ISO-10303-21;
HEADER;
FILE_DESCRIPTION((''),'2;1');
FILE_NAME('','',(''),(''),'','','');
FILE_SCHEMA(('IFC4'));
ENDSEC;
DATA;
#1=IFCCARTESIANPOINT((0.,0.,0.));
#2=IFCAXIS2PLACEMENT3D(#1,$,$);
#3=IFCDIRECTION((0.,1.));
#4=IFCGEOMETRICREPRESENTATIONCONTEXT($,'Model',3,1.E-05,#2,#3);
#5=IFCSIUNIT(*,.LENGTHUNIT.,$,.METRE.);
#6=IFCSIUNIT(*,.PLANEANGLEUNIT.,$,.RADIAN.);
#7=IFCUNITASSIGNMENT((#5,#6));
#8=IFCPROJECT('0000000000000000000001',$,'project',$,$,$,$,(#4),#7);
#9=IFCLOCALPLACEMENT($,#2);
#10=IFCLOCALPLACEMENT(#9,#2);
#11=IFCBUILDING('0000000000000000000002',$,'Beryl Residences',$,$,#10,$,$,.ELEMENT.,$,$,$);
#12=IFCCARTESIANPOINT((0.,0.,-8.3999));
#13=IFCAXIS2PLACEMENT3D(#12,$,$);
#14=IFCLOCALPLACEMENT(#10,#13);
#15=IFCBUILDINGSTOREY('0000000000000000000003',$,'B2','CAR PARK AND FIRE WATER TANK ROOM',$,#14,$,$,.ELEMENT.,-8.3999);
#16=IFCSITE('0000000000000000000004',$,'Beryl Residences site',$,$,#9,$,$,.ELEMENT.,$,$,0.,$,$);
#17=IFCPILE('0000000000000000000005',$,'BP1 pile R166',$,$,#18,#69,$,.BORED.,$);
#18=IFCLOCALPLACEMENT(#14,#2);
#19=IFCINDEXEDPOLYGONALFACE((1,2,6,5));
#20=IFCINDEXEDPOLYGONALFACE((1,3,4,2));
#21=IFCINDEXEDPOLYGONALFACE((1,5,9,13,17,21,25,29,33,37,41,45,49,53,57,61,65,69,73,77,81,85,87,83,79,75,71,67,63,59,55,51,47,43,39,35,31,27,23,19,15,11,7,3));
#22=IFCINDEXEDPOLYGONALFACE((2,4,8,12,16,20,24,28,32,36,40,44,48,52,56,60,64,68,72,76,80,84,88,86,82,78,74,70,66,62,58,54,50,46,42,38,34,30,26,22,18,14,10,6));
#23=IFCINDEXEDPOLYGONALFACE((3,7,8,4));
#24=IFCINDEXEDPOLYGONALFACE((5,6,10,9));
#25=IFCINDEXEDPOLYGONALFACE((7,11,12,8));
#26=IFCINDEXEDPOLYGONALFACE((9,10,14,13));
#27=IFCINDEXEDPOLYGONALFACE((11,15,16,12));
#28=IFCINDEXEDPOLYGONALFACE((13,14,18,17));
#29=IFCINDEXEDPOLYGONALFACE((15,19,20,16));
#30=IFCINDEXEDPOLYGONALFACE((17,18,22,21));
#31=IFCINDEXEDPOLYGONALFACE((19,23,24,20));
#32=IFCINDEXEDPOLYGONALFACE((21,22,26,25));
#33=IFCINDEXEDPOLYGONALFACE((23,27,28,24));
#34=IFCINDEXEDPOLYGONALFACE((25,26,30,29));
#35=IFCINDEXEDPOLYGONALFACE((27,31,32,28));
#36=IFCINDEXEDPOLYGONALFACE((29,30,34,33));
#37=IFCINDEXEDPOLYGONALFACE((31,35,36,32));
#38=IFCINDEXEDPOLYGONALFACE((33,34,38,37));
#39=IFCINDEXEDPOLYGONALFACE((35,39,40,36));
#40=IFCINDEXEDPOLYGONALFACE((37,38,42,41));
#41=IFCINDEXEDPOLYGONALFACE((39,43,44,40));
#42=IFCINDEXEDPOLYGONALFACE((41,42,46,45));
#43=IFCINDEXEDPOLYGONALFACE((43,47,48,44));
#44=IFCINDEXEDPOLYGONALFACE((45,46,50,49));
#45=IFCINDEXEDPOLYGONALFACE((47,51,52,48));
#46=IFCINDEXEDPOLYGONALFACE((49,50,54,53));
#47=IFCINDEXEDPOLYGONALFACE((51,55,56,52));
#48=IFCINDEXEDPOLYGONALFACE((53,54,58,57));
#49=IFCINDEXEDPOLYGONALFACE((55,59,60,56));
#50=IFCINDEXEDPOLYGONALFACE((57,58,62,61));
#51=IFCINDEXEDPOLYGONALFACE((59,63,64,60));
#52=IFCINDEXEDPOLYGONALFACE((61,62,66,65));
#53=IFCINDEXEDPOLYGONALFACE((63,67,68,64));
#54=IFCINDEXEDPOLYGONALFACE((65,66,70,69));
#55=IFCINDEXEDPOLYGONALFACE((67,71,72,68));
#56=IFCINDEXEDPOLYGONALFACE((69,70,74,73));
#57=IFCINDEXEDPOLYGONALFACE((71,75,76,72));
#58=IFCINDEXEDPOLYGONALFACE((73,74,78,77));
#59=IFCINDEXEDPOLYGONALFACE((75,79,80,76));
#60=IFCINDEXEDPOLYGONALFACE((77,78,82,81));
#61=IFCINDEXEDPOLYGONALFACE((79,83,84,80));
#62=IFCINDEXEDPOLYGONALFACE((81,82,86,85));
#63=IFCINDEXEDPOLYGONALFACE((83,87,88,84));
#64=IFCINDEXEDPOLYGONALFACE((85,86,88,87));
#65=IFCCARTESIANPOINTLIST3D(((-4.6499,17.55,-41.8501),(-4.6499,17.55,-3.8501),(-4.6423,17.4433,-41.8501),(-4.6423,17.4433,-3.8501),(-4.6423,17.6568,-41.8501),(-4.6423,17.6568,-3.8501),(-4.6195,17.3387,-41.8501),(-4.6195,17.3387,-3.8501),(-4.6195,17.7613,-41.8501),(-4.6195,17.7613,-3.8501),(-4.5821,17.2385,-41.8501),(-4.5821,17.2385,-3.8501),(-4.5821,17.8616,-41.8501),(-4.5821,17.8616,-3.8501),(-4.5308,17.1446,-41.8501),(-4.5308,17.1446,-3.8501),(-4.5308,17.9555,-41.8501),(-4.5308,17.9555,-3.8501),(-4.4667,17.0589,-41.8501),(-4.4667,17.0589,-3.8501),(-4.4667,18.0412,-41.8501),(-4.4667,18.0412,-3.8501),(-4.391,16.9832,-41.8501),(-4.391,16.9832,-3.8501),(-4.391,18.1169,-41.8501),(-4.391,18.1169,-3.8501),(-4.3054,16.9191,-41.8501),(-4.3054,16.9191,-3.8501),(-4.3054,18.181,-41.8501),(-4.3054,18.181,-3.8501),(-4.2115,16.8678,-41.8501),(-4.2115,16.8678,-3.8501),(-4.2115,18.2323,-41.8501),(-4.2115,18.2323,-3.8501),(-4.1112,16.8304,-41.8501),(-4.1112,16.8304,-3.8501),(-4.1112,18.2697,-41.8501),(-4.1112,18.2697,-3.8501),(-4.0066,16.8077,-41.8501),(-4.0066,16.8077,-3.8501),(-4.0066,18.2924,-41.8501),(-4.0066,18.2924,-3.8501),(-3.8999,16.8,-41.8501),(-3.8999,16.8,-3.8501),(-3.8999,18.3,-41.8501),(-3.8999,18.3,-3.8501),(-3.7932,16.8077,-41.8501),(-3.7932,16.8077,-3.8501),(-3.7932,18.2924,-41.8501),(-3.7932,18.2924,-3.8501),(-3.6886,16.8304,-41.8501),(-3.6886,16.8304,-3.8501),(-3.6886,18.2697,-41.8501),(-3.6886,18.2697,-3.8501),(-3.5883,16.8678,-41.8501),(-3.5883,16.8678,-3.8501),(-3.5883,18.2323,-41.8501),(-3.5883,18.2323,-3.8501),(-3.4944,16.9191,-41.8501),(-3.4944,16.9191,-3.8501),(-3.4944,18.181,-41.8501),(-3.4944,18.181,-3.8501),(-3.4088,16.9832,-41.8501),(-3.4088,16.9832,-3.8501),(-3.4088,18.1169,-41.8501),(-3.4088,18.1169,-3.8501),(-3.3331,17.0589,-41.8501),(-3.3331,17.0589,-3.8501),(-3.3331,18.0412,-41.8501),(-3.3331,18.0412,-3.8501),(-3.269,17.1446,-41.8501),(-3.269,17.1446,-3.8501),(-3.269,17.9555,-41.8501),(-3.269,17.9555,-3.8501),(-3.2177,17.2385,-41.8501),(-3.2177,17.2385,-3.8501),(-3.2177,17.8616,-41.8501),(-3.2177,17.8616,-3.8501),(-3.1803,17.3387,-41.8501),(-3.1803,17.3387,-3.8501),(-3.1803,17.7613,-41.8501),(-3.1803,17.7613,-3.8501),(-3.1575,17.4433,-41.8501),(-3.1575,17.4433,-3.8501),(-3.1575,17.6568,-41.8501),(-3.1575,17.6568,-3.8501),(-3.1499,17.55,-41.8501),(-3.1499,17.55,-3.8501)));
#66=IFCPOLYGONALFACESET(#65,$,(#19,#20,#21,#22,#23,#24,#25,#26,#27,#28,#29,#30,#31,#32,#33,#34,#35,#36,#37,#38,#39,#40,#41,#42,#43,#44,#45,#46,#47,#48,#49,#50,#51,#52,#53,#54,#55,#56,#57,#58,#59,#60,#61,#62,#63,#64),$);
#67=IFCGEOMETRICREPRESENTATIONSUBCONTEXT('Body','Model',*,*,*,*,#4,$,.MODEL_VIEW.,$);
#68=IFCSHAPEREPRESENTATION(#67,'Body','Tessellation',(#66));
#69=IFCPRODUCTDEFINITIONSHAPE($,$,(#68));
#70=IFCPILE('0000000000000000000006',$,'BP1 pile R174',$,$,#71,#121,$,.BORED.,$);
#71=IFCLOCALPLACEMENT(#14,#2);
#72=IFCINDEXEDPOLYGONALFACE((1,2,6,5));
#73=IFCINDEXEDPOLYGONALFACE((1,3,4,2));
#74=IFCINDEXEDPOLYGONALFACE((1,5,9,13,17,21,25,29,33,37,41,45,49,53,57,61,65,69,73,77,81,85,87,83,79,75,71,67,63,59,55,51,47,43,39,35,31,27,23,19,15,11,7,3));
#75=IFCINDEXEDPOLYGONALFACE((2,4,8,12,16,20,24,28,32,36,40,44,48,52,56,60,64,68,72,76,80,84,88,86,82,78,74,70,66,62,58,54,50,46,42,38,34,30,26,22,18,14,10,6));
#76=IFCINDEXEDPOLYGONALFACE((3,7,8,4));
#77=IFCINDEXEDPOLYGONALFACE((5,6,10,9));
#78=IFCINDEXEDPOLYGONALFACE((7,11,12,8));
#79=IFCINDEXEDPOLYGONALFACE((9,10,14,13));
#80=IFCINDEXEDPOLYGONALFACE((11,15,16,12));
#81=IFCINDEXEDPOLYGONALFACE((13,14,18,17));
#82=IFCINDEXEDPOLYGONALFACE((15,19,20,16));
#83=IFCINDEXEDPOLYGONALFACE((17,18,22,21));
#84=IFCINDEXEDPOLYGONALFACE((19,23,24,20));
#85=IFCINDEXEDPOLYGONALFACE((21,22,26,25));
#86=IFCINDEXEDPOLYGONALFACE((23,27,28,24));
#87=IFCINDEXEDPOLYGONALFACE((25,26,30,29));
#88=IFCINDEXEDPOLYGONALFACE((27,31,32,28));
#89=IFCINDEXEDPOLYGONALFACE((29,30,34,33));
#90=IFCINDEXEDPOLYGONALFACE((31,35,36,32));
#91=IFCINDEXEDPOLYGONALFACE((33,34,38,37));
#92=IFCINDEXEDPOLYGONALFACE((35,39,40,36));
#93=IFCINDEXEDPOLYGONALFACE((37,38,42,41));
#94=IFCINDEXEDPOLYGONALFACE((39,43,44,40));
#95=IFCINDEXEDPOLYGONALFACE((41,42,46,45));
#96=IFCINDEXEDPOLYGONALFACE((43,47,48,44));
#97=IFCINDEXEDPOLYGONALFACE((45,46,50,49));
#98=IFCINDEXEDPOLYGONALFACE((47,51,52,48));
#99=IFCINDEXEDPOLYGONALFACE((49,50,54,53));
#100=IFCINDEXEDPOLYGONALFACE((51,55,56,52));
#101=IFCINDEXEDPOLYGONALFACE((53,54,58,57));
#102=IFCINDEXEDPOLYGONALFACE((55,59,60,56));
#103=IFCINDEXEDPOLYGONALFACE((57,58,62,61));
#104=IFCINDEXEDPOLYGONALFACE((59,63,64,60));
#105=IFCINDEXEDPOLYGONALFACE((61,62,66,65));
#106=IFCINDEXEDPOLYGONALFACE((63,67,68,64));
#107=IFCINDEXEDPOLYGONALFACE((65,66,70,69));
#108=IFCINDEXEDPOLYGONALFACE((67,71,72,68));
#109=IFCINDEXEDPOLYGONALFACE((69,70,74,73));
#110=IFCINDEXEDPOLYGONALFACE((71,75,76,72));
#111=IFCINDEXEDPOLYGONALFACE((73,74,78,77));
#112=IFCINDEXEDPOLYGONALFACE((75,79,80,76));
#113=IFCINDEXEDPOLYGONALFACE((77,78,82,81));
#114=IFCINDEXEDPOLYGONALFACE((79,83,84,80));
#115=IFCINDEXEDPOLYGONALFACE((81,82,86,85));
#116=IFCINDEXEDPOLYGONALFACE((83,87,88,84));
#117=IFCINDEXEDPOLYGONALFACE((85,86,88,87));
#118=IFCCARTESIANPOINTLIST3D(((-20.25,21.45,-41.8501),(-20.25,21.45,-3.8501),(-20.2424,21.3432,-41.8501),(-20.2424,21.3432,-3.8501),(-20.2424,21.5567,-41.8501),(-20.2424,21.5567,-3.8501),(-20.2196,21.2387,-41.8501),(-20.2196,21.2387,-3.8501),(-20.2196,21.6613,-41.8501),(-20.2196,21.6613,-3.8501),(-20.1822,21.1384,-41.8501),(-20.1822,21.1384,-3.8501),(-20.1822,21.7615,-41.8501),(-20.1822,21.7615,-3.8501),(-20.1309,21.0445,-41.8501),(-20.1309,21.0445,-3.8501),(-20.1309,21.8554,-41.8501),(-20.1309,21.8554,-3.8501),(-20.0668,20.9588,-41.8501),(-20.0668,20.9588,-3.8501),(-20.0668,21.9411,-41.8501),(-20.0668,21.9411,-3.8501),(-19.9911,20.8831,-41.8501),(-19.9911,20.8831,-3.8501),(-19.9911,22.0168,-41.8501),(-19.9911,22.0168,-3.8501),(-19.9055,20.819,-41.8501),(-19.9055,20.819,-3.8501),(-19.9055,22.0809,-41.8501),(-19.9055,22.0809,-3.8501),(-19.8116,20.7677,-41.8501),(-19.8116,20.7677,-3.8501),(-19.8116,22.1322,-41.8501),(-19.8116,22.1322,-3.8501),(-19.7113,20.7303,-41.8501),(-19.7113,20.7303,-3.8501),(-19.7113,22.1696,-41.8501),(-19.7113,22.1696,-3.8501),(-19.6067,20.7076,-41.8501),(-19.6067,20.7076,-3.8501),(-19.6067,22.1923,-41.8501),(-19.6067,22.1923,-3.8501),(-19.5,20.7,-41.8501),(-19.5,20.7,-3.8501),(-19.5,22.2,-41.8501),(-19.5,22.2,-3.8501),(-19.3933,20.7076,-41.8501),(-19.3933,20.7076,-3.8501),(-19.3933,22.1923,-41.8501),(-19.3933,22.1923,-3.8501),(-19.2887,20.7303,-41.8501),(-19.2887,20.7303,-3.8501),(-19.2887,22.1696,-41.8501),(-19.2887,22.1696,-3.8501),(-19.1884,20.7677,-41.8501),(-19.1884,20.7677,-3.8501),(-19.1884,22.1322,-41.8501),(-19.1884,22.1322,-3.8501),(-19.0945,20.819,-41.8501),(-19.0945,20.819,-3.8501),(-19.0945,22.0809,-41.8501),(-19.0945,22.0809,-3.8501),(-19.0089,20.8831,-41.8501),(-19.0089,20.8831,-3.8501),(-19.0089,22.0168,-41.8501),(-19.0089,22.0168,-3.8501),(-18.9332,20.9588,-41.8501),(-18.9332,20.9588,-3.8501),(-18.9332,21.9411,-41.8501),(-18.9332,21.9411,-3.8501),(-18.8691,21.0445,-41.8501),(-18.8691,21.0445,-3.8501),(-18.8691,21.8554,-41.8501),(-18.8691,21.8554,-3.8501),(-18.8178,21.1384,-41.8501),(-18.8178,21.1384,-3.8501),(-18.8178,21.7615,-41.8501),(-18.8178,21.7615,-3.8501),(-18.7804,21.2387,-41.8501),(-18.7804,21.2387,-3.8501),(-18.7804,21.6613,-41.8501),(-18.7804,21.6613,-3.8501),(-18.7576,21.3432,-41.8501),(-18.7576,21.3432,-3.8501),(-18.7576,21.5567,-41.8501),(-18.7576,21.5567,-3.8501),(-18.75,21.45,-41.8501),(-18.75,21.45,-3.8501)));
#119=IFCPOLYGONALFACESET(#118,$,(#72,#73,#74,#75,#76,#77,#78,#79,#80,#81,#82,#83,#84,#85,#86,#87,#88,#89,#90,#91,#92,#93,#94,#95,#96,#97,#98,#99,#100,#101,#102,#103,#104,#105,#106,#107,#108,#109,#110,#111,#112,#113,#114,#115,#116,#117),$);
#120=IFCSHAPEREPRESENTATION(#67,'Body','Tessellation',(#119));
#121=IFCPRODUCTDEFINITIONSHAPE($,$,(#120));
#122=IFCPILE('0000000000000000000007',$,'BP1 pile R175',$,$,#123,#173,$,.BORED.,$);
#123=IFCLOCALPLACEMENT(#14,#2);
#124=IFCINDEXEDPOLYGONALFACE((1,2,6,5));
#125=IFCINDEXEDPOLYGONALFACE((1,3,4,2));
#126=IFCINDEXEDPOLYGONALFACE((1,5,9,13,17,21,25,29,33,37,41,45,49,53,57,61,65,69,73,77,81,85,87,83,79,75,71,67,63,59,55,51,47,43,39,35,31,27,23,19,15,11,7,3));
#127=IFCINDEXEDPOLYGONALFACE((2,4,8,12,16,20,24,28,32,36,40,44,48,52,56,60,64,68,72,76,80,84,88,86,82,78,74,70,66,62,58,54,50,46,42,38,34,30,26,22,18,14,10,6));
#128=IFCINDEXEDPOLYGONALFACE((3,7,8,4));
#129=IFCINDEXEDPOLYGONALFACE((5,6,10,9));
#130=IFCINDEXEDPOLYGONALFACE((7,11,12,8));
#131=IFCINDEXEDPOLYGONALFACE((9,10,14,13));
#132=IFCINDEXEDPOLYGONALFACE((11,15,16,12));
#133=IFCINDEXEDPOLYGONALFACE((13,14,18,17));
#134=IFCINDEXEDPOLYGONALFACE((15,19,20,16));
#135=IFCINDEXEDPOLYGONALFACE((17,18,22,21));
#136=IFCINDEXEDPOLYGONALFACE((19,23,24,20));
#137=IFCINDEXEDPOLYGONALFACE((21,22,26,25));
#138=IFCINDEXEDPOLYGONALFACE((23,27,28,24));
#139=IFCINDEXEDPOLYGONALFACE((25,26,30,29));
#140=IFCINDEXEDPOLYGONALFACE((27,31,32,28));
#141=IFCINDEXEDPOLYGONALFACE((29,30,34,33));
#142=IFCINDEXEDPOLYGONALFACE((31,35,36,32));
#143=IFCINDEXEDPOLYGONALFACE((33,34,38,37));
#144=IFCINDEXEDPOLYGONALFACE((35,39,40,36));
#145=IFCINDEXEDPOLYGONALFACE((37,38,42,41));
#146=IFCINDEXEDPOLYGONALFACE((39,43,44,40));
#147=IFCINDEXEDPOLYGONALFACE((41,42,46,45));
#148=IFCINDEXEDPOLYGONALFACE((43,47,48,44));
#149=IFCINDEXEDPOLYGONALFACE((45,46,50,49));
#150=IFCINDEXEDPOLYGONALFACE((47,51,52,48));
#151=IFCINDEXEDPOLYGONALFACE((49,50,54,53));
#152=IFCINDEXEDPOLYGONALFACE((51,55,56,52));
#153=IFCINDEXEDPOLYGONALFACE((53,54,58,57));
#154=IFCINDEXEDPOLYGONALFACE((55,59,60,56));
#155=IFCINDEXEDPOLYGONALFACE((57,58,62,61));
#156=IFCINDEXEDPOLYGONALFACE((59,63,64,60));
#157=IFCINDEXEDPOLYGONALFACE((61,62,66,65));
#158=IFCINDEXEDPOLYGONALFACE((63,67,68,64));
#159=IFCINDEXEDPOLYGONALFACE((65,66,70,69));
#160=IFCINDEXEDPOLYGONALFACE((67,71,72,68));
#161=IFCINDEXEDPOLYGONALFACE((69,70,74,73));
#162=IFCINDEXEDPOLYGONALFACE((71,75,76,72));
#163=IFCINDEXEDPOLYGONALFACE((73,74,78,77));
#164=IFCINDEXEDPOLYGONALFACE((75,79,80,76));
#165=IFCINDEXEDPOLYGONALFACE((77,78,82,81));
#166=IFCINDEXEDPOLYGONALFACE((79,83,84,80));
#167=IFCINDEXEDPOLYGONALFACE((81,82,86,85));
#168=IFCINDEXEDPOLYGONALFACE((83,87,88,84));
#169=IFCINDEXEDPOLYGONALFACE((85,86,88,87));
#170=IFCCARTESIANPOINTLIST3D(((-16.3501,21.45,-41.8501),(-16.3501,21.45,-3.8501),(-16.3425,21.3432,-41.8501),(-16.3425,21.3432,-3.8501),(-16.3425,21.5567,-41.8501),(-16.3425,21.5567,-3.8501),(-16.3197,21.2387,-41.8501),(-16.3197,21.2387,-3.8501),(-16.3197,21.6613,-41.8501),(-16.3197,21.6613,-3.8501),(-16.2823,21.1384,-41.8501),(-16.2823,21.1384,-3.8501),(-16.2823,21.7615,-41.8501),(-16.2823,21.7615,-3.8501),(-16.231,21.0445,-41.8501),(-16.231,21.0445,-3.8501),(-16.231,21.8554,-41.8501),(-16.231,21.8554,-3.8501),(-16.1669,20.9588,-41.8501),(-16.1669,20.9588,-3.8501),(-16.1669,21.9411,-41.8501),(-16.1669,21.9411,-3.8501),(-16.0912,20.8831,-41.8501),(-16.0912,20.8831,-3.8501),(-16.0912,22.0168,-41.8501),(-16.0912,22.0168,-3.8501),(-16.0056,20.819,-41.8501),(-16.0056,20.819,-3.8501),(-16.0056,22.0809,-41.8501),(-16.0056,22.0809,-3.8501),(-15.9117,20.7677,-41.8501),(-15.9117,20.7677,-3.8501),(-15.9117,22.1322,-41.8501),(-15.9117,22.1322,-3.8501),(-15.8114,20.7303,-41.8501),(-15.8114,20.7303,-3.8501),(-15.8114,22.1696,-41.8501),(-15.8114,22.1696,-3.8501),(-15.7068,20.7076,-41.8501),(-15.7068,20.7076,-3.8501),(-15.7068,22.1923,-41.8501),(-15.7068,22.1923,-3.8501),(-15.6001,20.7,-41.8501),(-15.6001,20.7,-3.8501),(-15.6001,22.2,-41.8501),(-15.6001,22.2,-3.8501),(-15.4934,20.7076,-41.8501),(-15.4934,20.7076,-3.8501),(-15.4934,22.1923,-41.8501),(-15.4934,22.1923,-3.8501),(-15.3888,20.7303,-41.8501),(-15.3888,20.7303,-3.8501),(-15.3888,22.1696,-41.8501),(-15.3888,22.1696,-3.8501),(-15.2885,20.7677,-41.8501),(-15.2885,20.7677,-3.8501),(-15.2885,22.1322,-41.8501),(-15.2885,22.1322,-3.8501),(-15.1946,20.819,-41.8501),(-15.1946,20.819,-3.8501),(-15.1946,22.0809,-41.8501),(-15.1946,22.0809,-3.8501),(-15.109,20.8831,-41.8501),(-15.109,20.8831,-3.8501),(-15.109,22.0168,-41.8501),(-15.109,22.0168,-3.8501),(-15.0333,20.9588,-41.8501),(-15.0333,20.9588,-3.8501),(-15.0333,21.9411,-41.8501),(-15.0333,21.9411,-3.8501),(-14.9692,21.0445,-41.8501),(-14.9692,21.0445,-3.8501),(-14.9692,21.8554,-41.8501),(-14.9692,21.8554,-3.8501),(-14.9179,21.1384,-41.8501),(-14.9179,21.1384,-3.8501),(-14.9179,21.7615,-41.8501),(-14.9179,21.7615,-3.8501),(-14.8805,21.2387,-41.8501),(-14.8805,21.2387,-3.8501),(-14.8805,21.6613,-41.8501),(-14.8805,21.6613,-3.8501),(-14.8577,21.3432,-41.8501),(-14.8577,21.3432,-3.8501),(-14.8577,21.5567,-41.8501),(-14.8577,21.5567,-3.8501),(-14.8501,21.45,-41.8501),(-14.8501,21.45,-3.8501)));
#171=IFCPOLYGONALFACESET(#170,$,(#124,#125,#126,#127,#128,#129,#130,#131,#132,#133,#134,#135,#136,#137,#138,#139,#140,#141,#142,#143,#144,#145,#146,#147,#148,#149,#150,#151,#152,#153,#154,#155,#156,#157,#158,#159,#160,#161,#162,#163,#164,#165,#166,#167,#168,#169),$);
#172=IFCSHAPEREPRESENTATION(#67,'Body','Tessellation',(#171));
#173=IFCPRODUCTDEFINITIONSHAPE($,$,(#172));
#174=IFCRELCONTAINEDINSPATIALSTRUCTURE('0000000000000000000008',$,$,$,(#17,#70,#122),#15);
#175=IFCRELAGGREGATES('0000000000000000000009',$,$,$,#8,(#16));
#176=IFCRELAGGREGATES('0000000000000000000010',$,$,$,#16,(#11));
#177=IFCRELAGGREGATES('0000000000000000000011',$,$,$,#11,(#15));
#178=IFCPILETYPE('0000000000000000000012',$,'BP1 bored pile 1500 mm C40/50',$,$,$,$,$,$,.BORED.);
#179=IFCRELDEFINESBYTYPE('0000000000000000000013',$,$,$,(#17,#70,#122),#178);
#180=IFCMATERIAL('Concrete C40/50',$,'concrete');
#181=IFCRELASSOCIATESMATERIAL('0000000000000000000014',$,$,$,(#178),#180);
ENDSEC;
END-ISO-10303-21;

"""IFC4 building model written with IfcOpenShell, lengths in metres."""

from ifc_helpers import new_model, si_unit, direction, frame, origin, origin_2d, place, context, subcontext, project, spatial, circle, extrude, material, material_profile, profile_set, type_object, element, save


model = new_model("IFC4")

# Units and contexts
model_context = context("Model", 3, precision=1e-05, world=origin(), true_north=direction((0.0, 1.0)))
body_context = subcontext(model_context, "Body", "Model", "MODEL_VIEW")
ifc_project = project(units=[si_unit("LENGTHUNIT", "METRE"), si_unit("PLANEANGLEUNIT", "RADIAN")], contexts=[model_context])

# Site, building, storey
site_placement = place(None, origin())
site = spatial("IfcSite", under=ifc_project, at=site_placement, Name="Beryl Residences site", CompositionType="ELEMENT", RefElevation=0.0)
building_placement = place(site_placement, origin())
building = spatial("IfcBuilding", under=site, at=building_placement, Name="Beryl Residences", CompositionType="ELEMENT")
storey_placement = place(building_placement, frame((0.0, 0.0, -8.3999)))
storey = spatial("IfcBuildingStorey", under=building, at=storey_placement, Name="B2", Description="CAR PARK AND FIRE WATER TANK ROOM", CompositionType="ELEMENT", Elevation=-8.3999)

# Piles
ifc_material_1 = material(Name="Concrete C40/50", Category="concrete")
ifc_material_profile_1 = material_profile(ifc_material_1, circle(Radius=0.75, at=origin_2d()))
ifc_profile_set_1 = profile_set([ifc_material_profile_1], Name="Concrete C40/50")
pile_type = type_object("IfcPileType", Name="BP1 bored pile 1500 mm C40/50", PredefinedType="BORED", material=ifc_profile_set_1)
for number, where, z_axis, x_axis, name in (
    (1, (-3.8999, 17.55, -3.8501), (0.0, 0.0, -1.0), (1.0, 0.0, 0.0), "BP1 pile R166"),
    (2, (-19.5, 21.45, -3.8501), (0.0, 0.0, -1.0), (1.0, 0.0, 0.0), "BP1 pile R174"),
    (3, (-15.6001, 21.45, -3.8501), (0.0, 0.0, -1.0), (1.0, 0.0, 0.0), "BP1 pile R175"),
):
    element("IfcPile", number, at=place(storey_placement, frame(where, z_axis=z_axis, x_axis=x_axis)), inside=storey, type_object=pile_type, Name=name, PredefinedType="BORED", context=body_context, shape_type="SweptSolid", body=[
        extrude(circle(Radius=0.75, at=origin_2d()), origin(), (0.0, 0.0, 1.0), 38.0),
    ])

save(model, "model.ifc")
